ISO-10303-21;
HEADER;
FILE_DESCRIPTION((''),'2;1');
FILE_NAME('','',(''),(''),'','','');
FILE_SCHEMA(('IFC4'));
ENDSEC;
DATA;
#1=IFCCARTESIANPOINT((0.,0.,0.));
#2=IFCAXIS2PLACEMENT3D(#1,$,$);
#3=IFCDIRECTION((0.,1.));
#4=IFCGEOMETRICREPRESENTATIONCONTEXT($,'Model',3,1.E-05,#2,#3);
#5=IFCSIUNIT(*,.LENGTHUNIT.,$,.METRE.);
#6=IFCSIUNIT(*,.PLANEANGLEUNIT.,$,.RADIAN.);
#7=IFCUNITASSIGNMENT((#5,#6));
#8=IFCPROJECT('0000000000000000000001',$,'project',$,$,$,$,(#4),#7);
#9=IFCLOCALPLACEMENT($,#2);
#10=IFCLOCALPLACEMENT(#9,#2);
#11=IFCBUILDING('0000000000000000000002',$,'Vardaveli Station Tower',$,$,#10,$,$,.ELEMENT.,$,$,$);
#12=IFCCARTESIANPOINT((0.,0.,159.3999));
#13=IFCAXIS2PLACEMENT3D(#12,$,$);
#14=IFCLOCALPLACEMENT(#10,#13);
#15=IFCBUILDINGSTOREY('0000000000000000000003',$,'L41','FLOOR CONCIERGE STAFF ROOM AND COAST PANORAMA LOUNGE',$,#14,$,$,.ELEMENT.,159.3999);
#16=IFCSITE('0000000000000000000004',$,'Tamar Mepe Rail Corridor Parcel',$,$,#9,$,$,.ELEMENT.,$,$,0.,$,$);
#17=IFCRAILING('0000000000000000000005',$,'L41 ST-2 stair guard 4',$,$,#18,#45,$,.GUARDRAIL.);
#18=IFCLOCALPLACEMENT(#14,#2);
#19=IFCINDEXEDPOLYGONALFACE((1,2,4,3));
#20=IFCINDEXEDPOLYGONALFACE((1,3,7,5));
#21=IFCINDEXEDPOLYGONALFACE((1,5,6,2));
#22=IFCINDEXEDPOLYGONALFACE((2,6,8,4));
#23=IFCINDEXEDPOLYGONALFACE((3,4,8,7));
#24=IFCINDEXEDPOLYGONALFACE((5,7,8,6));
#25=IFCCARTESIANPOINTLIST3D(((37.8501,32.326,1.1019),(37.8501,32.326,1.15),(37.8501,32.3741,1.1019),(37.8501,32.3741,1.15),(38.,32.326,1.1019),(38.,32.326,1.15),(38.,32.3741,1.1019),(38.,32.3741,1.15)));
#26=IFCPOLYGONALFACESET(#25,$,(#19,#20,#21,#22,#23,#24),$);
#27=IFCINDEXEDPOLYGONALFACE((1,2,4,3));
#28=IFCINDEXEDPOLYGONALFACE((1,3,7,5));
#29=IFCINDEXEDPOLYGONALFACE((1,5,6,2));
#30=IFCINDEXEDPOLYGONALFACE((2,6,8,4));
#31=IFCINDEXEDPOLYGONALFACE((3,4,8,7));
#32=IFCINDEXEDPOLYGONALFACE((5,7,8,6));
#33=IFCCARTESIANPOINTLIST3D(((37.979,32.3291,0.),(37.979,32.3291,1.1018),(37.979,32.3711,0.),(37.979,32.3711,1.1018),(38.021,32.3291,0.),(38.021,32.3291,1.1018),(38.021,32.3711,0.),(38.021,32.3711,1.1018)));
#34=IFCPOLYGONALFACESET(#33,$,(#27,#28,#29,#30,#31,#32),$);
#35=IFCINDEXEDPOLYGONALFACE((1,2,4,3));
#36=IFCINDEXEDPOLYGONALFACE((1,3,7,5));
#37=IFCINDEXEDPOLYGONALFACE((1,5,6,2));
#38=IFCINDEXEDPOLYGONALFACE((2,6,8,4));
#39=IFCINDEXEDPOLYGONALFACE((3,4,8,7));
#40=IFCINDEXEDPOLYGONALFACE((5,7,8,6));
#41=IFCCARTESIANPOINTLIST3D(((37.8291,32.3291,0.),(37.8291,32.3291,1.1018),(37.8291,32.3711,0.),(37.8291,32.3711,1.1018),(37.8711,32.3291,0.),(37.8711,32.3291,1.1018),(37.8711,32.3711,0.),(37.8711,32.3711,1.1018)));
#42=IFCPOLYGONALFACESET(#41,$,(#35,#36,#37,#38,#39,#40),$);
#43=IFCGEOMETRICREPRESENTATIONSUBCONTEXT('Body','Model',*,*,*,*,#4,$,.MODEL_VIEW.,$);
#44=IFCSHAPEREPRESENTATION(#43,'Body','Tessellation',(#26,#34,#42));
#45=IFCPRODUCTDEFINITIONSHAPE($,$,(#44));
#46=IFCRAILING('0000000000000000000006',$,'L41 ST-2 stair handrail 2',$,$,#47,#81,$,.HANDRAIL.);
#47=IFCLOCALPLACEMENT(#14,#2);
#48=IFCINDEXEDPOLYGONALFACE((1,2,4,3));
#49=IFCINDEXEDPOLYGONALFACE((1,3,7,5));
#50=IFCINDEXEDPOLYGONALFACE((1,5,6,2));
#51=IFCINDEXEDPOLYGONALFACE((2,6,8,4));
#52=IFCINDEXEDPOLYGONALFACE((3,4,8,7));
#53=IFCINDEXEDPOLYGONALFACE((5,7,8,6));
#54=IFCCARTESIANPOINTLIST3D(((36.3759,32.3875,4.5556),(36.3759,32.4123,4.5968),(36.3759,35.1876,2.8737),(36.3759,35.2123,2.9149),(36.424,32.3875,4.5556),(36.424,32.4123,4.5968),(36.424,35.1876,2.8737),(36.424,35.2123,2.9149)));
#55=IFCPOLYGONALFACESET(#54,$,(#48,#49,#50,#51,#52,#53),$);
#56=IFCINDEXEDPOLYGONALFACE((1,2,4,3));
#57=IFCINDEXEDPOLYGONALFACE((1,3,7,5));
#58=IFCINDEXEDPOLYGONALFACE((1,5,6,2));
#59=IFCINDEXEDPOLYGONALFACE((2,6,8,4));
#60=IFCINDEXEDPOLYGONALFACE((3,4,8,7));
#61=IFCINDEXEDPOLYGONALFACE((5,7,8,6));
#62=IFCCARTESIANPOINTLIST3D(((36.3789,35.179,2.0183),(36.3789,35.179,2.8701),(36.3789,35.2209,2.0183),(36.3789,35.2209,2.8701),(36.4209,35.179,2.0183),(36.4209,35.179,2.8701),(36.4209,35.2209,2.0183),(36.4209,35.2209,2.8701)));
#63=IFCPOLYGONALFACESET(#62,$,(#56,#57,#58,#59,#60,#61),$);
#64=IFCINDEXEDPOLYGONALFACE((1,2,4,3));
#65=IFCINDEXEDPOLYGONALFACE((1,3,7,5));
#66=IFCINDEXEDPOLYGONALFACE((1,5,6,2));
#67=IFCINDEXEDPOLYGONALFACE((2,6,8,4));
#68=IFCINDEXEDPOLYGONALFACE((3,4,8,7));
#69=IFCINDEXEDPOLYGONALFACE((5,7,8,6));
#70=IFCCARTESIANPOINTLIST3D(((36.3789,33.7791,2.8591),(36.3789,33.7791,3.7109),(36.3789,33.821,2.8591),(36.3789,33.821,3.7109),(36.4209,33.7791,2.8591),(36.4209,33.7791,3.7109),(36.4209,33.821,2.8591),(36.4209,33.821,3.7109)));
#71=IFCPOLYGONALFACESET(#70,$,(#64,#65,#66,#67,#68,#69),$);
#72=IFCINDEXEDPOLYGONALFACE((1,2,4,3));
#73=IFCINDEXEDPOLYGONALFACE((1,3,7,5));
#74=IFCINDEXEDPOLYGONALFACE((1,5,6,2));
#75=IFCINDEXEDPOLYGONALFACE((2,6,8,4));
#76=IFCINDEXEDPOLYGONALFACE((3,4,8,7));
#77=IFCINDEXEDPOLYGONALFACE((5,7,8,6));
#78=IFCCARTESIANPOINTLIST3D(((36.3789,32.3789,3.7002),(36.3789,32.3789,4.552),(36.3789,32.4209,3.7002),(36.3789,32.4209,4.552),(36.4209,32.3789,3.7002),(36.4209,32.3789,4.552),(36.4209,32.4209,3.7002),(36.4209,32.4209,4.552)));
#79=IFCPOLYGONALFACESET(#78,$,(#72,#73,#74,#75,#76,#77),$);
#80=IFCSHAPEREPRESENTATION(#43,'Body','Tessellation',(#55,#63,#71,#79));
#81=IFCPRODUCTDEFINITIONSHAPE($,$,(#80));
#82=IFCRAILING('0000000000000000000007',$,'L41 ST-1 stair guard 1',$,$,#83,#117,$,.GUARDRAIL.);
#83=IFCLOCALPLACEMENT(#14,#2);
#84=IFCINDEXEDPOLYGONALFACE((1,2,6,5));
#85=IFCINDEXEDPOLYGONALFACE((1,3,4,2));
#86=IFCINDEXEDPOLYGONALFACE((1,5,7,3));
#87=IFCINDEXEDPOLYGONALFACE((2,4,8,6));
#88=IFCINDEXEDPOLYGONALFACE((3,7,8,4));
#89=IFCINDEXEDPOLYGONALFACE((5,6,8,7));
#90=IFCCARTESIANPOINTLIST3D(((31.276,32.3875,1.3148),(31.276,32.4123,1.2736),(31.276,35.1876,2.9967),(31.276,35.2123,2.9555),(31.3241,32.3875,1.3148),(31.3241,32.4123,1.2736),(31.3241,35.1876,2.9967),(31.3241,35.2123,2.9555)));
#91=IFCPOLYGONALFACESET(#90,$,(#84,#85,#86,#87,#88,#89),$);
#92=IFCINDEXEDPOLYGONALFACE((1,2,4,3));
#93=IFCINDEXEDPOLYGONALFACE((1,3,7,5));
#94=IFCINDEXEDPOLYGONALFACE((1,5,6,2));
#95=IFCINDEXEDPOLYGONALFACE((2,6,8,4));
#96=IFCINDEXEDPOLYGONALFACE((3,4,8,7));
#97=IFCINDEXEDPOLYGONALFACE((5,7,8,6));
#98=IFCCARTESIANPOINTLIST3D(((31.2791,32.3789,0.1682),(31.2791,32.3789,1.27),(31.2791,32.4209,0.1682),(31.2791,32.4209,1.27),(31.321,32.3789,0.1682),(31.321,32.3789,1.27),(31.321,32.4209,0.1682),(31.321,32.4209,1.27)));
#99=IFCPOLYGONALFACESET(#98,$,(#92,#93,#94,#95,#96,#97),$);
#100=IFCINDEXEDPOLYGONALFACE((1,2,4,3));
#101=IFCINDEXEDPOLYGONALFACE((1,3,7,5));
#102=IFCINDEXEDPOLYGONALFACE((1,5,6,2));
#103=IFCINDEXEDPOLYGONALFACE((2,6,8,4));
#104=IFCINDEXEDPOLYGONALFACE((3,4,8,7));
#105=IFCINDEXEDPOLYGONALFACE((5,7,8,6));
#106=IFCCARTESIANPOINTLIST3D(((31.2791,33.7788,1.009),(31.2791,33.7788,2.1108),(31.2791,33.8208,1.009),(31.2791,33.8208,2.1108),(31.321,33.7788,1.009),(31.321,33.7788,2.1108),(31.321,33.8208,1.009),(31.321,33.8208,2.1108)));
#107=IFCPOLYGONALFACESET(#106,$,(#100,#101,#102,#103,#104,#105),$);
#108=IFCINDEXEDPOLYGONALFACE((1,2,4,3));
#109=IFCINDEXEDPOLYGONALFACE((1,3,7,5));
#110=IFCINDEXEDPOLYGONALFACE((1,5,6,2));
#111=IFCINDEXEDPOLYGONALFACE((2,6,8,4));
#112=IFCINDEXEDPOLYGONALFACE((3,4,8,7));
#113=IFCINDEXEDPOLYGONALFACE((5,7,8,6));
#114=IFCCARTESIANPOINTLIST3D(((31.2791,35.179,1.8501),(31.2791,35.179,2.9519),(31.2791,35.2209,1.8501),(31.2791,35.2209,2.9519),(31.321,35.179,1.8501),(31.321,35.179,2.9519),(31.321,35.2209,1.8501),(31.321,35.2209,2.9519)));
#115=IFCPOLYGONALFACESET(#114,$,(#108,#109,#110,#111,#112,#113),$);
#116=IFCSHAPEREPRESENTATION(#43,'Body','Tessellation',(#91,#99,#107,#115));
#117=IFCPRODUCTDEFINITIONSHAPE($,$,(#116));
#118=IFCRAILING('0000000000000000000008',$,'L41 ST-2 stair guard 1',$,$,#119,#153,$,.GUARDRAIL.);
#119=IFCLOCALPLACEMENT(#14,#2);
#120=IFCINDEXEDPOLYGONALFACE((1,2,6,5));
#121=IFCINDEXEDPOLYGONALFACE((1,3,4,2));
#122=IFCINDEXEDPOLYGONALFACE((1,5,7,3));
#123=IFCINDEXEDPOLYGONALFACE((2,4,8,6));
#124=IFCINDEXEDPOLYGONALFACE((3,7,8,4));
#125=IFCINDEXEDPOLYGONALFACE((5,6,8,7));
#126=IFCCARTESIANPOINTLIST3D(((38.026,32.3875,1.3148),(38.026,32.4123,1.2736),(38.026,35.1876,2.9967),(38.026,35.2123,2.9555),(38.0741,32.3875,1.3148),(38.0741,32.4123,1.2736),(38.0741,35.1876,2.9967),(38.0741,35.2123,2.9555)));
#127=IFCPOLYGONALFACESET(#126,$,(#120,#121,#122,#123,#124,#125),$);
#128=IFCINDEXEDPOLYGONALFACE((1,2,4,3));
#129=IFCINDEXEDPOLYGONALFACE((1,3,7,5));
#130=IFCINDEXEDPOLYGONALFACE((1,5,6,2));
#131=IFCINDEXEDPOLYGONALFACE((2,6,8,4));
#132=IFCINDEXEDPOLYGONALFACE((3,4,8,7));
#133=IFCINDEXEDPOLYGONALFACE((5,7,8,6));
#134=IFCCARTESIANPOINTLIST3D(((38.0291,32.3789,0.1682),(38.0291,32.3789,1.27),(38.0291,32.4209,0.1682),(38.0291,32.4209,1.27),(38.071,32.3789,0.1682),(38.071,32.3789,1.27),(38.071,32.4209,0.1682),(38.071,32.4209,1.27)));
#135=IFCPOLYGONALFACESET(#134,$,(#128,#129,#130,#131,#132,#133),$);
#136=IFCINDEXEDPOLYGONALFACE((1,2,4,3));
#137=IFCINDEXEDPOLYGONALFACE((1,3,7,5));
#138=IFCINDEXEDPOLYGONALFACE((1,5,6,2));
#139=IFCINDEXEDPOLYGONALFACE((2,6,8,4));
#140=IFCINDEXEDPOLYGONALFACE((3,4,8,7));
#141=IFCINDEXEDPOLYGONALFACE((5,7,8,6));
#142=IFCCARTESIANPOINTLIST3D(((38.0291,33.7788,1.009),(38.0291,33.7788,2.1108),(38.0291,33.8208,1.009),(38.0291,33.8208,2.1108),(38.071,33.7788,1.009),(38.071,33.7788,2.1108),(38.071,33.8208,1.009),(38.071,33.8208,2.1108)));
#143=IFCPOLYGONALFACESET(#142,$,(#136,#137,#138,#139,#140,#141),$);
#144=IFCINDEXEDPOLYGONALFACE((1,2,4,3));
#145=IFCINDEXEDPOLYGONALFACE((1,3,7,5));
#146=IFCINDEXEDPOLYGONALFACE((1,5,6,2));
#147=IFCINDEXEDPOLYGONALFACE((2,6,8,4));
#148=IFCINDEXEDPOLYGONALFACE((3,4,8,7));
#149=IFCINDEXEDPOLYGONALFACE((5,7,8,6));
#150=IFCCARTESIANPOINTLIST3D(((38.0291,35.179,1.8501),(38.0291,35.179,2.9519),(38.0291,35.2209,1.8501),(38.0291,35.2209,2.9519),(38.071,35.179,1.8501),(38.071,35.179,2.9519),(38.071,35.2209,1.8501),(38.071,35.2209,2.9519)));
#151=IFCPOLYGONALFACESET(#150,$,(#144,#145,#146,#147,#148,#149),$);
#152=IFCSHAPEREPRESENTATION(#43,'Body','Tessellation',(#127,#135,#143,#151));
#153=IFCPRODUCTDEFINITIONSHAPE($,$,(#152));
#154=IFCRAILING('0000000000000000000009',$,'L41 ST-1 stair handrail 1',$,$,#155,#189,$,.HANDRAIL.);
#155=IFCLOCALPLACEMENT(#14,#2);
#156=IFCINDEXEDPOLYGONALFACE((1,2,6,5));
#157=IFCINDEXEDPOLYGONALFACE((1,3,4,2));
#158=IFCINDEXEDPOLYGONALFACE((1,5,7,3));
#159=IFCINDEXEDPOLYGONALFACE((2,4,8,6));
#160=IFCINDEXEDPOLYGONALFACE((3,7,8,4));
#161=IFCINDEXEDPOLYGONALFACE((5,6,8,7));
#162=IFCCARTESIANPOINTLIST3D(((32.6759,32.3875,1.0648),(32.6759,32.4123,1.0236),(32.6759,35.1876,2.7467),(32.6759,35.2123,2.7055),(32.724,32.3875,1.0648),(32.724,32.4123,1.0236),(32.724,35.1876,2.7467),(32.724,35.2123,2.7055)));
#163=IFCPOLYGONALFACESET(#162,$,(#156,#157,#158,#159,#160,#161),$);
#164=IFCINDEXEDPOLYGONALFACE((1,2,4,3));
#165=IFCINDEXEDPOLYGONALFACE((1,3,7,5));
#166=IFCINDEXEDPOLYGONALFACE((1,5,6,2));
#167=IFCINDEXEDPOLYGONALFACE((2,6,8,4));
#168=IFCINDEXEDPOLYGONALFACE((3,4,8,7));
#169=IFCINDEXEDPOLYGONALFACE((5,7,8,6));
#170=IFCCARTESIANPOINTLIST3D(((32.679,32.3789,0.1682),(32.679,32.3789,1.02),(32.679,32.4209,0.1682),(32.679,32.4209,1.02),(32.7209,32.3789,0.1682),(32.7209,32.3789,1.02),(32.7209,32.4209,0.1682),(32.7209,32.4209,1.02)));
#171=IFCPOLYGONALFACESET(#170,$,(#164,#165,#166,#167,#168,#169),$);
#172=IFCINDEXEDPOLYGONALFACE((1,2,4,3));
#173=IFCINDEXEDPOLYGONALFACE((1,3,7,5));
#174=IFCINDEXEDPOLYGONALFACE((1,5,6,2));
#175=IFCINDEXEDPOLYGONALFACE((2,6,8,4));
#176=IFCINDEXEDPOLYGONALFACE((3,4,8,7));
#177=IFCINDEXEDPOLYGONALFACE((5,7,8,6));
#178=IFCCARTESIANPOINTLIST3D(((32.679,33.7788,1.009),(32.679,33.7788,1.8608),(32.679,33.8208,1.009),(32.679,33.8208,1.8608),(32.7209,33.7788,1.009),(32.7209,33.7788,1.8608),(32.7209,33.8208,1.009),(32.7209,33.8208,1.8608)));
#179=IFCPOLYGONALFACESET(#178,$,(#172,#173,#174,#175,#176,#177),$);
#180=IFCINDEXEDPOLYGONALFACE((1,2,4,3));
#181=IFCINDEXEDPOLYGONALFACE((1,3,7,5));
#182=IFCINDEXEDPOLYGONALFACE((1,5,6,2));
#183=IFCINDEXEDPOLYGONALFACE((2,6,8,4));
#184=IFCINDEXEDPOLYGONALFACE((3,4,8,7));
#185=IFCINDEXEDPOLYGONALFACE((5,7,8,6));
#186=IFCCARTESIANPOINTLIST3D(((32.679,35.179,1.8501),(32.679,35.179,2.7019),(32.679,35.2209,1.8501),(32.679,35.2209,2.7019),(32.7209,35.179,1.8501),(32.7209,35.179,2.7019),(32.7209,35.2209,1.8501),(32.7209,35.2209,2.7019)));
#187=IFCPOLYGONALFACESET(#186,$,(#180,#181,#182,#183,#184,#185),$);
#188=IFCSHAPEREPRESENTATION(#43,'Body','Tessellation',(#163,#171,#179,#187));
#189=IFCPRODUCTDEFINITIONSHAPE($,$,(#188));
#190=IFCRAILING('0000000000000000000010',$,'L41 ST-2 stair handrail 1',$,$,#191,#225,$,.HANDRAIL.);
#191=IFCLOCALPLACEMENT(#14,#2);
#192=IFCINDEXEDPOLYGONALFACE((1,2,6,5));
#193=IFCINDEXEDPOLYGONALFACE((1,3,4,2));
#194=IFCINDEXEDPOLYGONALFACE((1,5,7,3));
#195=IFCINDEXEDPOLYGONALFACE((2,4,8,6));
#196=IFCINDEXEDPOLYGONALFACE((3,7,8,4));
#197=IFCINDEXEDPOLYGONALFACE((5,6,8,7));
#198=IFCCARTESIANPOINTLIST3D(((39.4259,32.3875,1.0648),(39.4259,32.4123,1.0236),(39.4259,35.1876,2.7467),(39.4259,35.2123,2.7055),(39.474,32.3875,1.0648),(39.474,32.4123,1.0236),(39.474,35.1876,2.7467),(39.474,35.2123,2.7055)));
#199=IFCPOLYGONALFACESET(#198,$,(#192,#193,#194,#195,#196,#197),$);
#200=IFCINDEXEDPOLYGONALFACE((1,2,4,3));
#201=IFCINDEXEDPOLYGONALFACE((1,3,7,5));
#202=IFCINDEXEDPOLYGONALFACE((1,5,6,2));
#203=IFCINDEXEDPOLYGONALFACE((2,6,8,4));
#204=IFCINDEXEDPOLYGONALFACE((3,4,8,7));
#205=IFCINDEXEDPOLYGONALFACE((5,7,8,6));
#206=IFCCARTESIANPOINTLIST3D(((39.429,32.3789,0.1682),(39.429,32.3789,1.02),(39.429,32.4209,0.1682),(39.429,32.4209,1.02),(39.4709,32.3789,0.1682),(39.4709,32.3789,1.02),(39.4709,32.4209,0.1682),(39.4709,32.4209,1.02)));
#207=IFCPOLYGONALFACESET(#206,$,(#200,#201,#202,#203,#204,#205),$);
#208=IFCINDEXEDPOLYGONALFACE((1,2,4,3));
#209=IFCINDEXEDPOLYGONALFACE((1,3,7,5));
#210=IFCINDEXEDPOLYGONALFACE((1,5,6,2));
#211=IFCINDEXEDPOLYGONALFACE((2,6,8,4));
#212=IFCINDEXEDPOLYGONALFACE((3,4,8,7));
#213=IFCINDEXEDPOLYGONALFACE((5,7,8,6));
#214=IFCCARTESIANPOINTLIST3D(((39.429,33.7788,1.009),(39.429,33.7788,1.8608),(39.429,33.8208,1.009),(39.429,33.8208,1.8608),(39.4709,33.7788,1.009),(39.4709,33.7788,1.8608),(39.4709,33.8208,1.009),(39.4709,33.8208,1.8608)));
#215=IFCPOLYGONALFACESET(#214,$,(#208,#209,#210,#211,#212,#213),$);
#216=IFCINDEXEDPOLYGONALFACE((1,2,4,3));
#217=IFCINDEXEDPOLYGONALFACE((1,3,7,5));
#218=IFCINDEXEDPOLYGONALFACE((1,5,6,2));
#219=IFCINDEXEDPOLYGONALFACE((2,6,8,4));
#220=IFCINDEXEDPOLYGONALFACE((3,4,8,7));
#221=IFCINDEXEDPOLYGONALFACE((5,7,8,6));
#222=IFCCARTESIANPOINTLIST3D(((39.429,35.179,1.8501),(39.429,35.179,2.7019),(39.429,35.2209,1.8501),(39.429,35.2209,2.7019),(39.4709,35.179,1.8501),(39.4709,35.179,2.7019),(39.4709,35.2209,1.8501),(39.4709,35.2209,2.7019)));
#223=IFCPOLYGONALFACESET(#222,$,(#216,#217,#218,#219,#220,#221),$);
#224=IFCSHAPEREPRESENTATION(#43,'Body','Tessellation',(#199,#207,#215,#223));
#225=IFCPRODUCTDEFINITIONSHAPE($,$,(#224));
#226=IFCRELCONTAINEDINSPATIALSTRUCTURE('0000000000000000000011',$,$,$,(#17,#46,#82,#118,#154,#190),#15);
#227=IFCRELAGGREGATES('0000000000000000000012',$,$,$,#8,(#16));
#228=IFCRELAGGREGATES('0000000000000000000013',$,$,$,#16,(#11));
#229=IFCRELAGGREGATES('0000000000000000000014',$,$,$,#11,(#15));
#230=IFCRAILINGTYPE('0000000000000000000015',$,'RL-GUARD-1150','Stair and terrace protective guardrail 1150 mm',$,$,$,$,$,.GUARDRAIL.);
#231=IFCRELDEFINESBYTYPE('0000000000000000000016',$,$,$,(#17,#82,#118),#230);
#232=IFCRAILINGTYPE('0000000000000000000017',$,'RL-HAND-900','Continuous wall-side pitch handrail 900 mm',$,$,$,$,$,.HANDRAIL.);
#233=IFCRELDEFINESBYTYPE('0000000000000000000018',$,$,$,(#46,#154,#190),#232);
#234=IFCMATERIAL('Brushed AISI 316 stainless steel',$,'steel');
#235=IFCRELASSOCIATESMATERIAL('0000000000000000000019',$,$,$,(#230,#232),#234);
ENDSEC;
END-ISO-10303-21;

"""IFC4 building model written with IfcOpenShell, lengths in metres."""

from ifc_helpers import new_model, si_unit, direction, frame, origin, origin_2d, place, context, subcontext, project, spatial, rectangle, extrude, source, transform, mapped, material, type_object, element, save


model = new_model("IFC4")

# Units and contexts
model_context = context("Model", 3, precision=1e-05, world=origin(), true_north=direction((0.0, 1.0)))
body_context = subcontext(model_context, "Body", "Model", "MODEL_VIEW")
ifc_project = project(units=[si_unit("LENGTHUNIT", "METRE"), si_unit("PLANEANGLEUNIT", "RADIAN")], contexts=[model_context])

# Site, building, storey
site_placement = place(None, origin())
site = spatial("IfcSite", under=ifc_project, at=site_placement, Name="Tamar Mepe Rail Corridor Parcel", CompositionType="ELEMENT", RefElevation=0.0)
building_placement = place(site_placement, origin())
building = spatial("IfcBuilding", under=site, at=building_placement, Name="Vardaveli Station Tower", CompositionType="ELEMENT")
storey_placement = place(building_placement, frame((0.0, 0.0, 159.3999)))
storey = spatial("IfcBuildingStorey", under=building, at=storey_placement, Name="L41", Description="FLOOR CONCIERGE STAFF ROOM AND COAST PANORAMA LOUNGE", CompositionType="ELEMENT", Elevation=159.3999)

# Railings
ifc_material_1 = material(Name="Brushed AISI 316 stainless steel", Category="steel")
railing_type_1 = type_object("IfcRailingType", Name="RL-GUARD-1150", Description="Stair and terrace protective guardrail 1150 mm", PredefinedType="GUARDRAIL", material=ifc_material_1)
shared_shape_1 = source(origin(), body_context, "Body", "SweptSolid", [
    extrude(rectangle(XDim=0.0481, YDim=0.0481, at=origin_2d()), frame((0.0, 0.0, 1.126), z_axis=(-1.0, 0.0, 0.0), x_axis=(0.0, -1.0, 0.0)), (0.0, 0.0, 1.0), 0.1499),
    extrude(rectangle(XDim=0.042, YDim=0.042, at=origin_2d()), origin(), (0.0, 0.0, 1.0), 1.1018),
    extrude(rectangle(XDim=0.042, YDim=0.042, at=origin_2d()), frame((-0.1499, 0.0, 0.0)), (0.0, 0.0, 1.0), 1.1018),
])
for number, where, name in (
    (1, (38.0, 32.3501, 0.0), "L41 ST-2 stair guard 4"),
):
    element("IfcRailing", number, at=place(storey_placement, frame(where)), inside=storey, type_object=railing_type_1, Name=name, PredefinedType="GUARDRAIL", context=body_context, shape_type="MappedRepresentation", body=[
        mapped(shared_shape_1, transform((0.0, 0.0, 0.0), scale=1.0)),
    ])
railing_type_2 = type_object("IfcRailingType", Name="RL-HAND-900", Description="Continuous wall-side pitch handrail 900 mm", PredefinedType="HANDRAIL", material=ifc_material_1)
shared_shape_2 = source(origin(), body_context, "Body", "SweptSolid", [
    extrude(rectangle(XDim=0.0481, YDim=0.0481, at=origin_2d()), frame((0.0, 0.0, 0.876), z_axis=(0.0, -0.857242, 0.514913), x_axis=(1.0, 0.0, 0.0)), (0.0, 0.0, 1.0), 3.2664),
    extrude(rectangle(XDim=0.042, YDim=0.042, at=origin_2d()), origin(), (0.0, 0.0, 1.0), 0.8518),
    extrude(rectangle(XDim=0.042, YDim=0.042, at=origin_2d()), frame((0.0, -1.3999, 0.8408)), (0.0, 0.0, 1.0), 0.8518),
    extrude(rectangle(XDim=0.042, YDim=0.042, at=origin_2d()), frame((0.0, -2.8, 1.6819)), (0.0, 0.0, 1.0), 0.8518),
])
railing_placement = place(storey_placement, frame((36.3999, 35.2, 2.0183)))
element("IfcRailing", 2, at=railing_placement, inside=storey, type_object=railing_type_2, Name="L41 ST-2 stair handrail 2", PredefinedType="HANDRAIL", context=body_context, shape_type="MappedRepresentation", body=[
    mapped(shared_shape_2, transform((0.0, 0.0, 0.0), scale=1.0)),
])
shared_shape_3 = source(origin(), body_context, "Body", "SweptSolid", [
    extrude(rectangle(XDim=0.0481, YDim=0.0481, at=origin_2d()), frame((0.0, 0.0, 1.126), z_axis=(0.0, 0.857242, 0.514913), x_axis=(-1.0, 0.0, 0.0)), (0.0, 0.0, 1.0), 3.2664),
    extrude(rectangle(XDim=0.042, YDim=0.042, at=origin_2d()), origin(), (0.0, 0.0, 1.0), 1.1018),
    extrude(rectangle(XDim=0.042, YDim=0.042, at=origin_2d()), frame((0.0, 1.3999, 0.8408)), (0.0, 0.0, 1.0), 1.1018),
    extrude(rectangle(XDim=0.042, YDim=0.042, at=origin_2d()), frame((0.0, 2.8, 1.6819)), (0.0, 0.0, 1.0), 1.1018),
])
for number, where, name in (
    (3, (31.3, 32.3999, 0.1682), "L41 ST-1 stair guard 1"),
    (4, (38.05, 32.3999, 0.1682), "L41 ST-2 stair guard 1"),
):
    element("IfcRailing", number, at=place(storey_placement, frame(where)), inside=storey, type_object=railing_type_1, Name=name, PredefinedType="GUARDRAIL", context=body_context, shape_type="MappedRepresentation", body=[
        mapped(shared_shape_3, transform((0.0, 0.0, 0.0), scale=1.0)),
    ])
shared_shape_4 = source(origin(), body_context, "Body", "SweptSolid", [
    extrude(rectangle(XDim=0.0481, YDim=0.0481, at=origin_2d()), frame((0.0, 0.0, 0.876), z_axis=(0.0, 0.857242, 0.514913), x_axis=(-1.0, 0.0, 0.0)), (0.0, 0.0, 1.0), 3.2664),
    extrude(rectangle(XDim=0.042, YDim=0.042, at=origin_2d()), origin(), (0.0, 0.0, 1.0), 0.8518),
    extrude(rectangle(XDim=0.042, YDim=0.042, at=origin_2d()), frame((0.0, 1.3999, 0.8408)), (0.0, 0.0, 1.0), 0.8518),
    extrude(rectangle(XDim=0.042, YDim=0.042, at=origin_2d()), frame((0.0, 2.8, 1.6819)), (0.0, 0.0, 1.0), 0.8518),
])
for number, where, name in (
    (5, (32.7, 32.3999, 0.1682), "L41 ST-1 stair handrail 1"),
    (6, (39.45, 32.3999, 0.1682), "L41 ST-2 stair handrail 1"),
):
    element("IfcRailing", number, at=place(storey_placement, frame(where)), inside=storey, type_object=railing_type_2, Name=name, PredefinedType="HANDRAIL", context=body_context, shape_type="MappedRepresentation", body=[
        mapped(shared_shape_4, transform((0.0, 0.0, 0.0), scale=1.0)),
    ])

save(model, "model.ifc")
